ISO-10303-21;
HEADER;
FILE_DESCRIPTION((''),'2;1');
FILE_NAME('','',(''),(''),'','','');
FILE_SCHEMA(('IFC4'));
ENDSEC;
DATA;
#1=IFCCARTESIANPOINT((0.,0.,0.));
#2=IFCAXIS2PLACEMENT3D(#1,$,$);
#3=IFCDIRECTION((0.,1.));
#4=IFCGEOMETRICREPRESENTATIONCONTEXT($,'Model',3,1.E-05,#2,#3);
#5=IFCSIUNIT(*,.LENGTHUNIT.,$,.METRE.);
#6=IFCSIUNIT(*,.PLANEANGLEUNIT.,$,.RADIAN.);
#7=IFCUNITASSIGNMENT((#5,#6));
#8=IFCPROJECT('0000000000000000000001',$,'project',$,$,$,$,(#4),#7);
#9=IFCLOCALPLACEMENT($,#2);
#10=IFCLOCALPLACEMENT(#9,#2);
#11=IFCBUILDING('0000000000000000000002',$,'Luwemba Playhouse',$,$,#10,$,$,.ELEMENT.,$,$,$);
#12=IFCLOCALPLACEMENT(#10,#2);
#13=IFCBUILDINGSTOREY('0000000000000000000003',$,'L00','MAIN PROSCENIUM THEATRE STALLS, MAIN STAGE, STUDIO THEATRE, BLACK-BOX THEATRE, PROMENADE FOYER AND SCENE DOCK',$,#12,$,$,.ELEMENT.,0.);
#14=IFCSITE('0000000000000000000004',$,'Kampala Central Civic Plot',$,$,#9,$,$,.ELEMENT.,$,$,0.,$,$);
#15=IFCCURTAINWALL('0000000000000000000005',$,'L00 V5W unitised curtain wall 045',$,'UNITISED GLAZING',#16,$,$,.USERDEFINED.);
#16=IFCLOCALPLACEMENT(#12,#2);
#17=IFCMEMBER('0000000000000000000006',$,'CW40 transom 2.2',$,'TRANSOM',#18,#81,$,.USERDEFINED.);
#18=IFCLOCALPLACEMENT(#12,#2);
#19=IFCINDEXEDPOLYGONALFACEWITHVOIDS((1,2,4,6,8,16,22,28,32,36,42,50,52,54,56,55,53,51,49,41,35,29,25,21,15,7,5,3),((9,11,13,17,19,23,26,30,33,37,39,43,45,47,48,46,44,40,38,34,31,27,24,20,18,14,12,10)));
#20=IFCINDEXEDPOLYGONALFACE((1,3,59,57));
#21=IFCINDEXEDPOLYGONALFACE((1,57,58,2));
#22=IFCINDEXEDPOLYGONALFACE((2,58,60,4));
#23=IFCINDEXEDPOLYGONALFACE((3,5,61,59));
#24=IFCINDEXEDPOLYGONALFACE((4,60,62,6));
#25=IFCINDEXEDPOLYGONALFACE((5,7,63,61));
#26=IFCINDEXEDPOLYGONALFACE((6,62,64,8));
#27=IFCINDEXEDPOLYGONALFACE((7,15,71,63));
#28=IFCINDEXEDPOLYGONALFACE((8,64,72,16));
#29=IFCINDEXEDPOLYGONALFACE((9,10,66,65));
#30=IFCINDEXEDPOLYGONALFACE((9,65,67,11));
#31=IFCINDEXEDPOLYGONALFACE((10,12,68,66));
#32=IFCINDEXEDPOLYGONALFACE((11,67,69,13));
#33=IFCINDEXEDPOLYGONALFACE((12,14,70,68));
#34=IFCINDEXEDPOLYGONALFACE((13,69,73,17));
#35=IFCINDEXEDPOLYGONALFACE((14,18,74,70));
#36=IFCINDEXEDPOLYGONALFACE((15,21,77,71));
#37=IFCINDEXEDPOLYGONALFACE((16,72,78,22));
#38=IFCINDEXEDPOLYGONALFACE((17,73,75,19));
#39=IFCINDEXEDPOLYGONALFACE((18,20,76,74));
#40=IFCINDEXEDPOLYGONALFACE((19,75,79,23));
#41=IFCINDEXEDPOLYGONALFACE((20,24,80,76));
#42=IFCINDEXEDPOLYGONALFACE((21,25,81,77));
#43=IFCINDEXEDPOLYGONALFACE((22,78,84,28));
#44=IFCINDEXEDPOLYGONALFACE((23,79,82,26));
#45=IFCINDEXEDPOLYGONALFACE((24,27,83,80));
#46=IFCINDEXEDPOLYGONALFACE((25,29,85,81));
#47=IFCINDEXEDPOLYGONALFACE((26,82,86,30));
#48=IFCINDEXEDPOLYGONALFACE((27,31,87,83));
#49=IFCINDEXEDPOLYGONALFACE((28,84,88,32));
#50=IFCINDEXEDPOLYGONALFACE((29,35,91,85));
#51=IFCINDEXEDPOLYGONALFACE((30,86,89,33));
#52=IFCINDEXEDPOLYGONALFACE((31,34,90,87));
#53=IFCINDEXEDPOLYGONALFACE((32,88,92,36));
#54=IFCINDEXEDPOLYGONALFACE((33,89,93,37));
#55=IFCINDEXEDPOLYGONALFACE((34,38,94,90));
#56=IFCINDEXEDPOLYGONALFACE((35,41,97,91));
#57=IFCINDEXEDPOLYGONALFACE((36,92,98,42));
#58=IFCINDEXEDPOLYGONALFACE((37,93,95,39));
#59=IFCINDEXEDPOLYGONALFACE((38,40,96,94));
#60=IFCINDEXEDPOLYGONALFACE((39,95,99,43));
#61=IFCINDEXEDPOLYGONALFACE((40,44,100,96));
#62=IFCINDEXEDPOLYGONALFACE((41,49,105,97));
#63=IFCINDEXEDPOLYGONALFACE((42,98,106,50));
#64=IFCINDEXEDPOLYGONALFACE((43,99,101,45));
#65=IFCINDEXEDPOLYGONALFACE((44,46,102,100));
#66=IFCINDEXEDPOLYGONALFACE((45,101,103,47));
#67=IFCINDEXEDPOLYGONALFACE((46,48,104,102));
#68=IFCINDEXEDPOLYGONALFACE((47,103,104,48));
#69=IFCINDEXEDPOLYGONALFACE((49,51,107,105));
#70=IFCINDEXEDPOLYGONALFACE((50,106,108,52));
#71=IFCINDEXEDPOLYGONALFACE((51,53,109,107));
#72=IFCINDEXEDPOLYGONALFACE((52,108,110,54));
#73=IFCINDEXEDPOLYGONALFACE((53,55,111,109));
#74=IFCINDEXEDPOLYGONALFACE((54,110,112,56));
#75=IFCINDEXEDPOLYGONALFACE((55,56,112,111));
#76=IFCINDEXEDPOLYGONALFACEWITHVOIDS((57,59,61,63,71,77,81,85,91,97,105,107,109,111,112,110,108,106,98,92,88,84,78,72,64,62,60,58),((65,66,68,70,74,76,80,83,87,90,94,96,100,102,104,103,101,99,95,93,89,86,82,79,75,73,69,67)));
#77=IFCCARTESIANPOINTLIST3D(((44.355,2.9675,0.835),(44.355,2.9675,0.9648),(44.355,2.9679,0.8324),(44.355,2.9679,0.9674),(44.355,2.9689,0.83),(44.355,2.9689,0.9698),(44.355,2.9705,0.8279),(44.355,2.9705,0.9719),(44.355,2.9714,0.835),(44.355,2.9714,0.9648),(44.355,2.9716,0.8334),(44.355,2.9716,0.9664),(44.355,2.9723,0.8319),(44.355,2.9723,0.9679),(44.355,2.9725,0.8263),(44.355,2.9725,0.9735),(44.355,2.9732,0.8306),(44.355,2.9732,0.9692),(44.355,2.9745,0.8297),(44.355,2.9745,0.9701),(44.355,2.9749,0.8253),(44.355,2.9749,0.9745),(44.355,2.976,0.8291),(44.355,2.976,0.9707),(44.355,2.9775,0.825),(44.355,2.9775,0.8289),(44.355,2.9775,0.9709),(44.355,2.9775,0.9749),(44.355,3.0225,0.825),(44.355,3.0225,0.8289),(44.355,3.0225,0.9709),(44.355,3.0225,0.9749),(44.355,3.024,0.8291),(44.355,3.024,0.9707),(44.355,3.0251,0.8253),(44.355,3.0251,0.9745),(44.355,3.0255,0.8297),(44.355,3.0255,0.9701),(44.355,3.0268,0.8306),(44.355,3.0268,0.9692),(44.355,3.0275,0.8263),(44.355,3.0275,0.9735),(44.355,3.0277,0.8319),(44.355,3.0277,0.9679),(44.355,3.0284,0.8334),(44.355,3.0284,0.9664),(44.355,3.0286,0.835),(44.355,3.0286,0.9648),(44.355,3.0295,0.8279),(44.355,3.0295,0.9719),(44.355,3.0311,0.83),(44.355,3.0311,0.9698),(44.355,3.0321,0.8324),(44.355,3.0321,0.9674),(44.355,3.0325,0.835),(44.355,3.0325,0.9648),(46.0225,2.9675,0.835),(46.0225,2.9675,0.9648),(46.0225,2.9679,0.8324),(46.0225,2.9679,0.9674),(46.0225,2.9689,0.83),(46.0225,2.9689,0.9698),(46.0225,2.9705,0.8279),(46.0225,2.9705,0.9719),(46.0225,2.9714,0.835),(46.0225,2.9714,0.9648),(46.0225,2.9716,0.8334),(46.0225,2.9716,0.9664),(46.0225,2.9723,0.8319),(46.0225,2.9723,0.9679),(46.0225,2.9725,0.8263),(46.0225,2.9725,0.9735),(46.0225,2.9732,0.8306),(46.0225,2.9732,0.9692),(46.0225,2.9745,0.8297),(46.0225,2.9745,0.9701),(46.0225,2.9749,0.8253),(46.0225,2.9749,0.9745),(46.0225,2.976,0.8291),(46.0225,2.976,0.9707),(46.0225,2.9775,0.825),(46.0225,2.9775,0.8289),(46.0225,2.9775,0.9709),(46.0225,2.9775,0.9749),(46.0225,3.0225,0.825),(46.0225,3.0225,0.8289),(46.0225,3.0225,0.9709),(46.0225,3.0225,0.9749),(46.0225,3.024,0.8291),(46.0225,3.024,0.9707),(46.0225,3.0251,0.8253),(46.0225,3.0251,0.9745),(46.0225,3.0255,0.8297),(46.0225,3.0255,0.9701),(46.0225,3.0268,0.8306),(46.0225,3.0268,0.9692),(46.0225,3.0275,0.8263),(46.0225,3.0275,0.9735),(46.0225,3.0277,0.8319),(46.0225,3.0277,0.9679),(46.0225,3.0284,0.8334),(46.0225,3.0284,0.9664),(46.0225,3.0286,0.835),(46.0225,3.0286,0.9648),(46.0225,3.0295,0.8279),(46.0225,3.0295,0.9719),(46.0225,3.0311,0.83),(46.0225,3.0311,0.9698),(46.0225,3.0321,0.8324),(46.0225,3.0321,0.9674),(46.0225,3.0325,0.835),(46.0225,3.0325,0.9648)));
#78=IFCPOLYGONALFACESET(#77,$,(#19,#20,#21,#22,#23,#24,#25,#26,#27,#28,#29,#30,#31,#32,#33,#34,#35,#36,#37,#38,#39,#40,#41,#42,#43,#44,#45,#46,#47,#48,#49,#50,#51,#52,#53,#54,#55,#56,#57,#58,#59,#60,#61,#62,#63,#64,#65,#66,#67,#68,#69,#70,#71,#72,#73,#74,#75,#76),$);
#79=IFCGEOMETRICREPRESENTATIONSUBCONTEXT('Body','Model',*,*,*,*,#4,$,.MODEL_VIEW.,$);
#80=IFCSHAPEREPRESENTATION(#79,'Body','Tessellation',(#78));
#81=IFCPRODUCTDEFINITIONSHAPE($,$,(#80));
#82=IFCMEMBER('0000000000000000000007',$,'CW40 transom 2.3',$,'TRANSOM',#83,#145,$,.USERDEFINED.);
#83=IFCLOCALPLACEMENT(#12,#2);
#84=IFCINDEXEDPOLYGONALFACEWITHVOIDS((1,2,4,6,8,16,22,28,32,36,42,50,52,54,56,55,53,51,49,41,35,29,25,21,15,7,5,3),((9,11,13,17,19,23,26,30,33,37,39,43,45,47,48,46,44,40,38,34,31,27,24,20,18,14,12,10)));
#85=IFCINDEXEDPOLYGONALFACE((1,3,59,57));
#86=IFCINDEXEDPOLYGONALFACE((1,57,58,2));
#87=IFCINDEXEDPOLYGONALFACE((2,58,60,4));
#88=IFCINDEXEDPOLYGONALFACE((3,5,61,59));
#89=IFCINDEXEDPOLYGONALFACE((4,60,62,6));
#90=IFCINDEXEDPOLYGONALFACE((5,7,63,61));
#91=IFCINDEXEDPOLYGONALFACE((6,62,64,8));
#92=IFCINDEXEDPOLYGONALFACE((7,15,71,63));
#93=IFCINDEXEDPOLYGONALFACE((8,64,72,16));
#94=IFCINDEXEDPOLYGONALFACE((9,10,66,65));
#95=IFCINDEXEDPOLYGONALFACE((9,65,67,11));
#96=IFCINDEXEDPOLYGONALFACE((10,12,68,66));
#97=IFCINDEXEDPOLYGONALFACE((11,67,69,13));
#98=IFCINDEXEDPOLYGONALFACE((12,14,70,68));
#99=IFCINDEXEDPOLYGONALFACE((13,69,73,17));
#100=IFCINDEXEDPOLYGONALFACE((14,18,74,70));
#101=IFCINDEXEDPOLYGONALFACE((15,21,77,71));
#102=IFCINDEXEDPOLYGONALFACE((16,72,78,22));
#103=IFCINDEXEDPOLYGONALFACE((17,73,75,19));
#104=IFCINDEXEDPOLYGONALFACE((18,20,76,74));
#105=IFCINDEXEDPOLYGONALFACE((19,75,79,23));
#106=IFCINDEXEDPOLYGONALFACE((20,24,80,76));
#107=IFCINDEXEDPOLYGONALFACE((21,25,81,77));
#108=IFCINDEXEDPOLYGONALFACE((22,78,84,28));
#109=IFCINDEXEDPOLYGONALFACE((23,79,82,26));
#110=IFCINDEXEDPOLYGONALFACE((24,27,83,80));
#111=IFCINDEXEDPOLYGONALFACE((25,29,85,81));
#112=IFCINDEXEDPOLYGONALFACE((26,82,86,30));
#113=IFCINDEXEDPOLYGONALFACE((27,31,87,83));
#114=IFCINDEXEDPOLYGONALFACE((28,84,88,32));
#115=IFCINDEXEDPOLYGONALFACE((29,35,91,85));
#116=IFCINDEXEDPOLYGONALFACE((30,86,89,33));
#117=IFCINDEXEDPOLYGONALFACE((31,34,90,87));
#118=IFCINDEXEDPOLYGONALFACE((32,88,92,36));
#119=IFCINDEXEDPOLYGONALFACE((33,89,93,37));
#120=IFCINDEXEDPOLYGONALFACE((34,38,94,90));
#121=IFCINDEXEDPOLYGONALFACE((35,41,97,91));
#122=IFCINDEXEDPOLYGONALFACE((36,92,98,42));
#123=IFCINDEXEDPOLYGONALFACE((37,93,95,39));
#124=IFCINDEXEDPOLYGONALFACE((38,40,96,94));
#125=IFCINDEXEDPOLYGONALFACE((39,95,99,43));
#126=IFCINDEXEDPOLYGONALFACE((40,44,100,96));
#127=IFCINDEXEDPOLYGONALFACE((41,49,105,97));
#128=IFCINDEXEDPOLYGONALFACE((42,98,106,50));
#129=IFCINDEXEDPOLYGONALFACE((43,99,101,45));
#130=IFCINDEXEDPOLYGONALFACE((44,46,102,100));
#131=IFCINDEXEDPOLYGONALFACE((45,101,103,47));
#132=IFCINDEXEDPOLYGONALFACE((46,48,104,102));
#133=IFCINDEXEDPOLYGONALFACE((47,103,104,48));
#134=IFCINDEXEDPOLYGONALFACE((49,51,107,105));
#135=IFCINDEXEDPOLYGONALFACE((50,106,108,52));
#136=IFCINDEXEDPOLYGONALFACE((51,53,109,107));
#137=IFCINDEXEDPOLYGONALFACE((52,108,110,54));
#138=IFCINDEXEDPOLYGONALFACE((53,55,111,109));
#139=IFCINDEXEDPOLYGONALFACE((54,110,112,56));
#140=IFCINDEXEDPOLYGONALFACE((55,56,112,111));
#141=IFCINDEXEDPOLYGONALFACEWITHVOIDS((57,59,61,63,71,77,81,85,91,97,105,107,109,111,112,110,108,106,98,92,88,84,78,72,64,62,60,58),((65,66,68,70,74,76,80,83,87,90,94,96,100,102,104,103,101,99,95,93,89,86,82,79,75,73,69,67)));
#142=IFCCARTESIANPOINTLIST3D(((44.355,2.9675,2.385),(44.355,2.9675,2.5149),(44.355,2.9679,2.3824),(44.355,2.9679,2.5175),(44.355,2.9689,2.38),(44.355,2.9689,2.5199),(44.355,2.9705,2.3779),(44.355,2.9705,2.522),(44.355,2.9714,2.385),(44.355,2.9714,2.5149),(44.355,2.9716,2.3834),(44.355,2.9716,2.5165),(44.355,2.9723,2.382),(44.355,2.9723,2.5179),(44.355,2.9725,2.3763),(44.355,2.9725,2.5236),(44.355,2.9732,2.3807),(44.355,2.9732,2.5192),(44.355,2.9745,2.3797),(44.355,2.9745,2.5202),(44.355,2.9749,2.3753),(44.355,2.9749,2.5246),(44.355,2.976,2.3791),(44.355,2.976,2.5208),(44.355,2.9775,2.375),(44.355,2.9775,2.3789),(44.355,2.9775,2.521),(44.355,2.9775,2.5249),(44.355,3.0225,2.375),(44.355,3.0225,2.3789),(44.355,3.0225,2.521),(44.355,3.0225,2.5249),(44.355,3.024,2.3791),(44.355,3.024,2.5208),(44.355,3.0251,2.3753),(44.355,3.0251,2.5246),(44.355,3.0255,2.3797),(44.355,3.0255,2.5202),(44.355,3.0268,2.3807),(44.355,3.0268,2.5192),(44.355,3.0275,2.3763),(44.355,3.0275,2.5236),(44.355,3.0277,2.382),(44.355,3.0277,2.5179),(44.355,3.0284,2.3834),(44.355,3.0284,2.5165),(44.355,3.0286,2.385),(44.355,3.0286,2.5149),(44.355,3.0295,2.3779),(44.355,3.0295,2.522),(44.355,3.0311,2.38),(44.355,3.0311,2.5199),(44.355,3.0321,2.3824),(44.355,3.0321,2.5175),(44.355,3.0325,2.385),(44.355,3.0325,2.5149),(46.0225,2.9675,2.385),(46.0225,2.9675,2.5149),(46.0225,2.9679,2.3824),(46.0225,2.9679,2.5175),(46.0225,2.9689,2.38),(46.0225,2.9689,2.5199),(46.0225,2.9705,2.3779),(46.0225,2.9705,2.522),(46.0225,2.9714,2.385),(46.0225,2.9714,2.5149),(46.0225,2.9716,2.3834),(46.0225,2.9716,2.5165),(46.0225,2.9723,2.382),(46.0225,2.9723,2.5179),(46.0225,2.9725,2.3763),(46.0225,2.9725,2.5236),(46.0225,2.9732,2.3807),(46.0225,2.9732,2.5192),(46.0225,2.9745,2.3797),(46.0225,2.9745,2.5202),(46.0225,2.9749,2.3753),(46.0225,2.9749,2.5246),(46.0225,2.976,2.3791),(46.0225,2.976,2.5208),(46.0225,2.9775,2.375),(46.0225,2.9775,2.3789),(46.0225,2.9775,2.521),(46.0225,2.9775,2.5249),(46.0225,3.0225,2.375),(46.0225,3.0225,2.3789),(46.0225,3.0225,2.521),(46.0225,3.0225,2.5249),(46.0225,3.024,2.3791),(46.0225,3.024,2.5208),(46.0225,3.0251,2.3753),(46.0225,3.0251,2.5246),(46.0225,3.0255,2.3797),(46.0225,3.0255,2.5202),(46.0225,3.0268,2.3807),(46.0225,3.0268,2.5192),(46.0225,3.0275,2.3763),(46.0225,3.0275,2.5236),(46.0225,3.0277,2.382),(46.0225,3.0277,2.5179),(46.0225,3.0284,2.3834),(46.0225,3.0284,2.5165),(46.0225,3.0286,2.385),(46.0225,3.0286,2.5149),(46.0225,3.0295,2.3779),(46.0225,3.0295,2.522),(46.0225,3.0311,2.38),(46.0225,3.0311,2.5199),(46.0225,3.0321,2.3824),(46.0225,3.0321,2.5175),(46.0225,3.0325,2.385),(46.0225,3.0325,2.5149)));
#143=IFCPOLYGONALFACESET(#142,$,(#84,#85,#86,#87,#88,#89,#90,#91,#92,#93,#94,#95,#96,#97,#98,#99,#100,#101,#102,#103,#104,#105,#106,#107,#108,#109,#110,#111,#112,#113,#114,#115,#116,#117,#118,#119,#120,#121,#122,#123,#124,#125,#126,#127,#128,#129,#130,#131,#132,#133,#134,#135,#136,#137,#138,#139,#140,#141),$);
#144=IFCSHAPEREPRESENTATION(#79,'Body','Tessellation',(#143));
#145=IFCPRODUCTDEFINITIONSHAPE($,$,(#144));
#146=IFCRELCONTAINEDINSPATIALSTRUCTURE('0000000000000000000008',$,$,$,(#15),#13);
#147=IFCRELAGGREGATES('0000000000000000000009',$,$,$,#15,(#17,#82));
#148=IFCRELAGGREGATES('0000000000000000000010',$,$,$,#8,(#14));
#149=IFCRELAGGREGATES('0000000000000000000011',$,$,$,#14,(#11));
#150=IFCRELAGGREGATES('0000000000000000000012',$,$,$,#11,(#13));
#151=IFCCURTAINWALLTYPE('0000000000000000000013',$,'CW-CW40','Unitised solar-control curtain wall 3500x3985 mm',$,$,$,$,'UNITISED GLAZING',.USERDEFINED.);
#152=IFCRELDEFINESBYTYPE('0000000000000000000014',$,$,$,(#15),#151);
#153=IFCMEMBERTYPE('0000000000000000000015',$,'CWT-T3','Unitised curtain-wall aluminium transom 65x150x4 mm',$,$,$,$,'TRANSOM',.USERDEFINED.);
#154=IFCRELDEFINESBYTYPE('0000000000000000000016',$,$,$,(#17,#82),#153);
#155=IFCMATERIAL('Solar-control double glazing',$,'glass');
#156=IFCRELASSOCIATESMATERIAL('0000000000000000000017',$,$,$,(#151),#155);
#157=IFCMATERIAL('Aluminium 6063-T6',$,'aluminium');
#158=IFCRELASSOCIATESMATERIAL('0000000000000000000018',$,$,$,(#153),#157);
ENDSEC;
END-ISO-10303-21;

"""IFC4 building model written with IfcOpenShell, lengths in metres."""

from ifc_helpers import new_model, si_unit, direction, frame, origin, origin_2d, place, context, subcontext, project, spatial, hollow_rectangle, extrude, material, material_profile, profile_set, type_object, element, aggregate, save


model = new_model("IFC4")

# Units and contexts
model_context = context("Model", 3, precision=1e-05, world=origin(), true_north=direction((0.0, 1.0)))
body_context = subcontext(model_context, "Body", "Model", "MODEL_VIEW")
ifc_project = project(units=[si_unit("LENGTHUNIT", "METRE"), si_unit("PLANEANGLEUNIT", "RADIAN")], contexts=[model_context])

# Site, building, storey
site_placement = place(None, origin())
site = spatial("IfcSite", under=ifc_project, at=site_placement, Name="Kampala Central Civic Plot", CompositionType="ELEMENT", RefElevation=0.0)
building_placement = place(site_placement, origin())
building = spatial("IfcBuilding", under=site, at=building_placement, Name="Luwemba Playhouse", CompositionType="ELEMENT")
storey_placement = place(building_placement, origin())
storey = spatial("IfcBuildingStorey", under=building, at=storey_placement, Name="L00", Description="MAIN PROSCENIUM THEATRE STALLS, MAIN STAGE, STUDIO THEATRE, BLACK-BOX THEATRE, PROMENADE FOYER AND SCENE DOCK", CompositionType="ELEMENT", Elevation=0.0)

# Shared definitions
ifc_material_1 = material(Name="Solar-control double glazing", Category="glass")
ifc_material_2 = material(Name="Aluminium 6063-T6", Category="aluminium")

# Curtain wall
curtain_wall_type_1 = type_object("IfcCurtainWallType", Name="CW-CW40", Description="Unitised solar-control curtain wall 3500x3985 mm", ElementType="UNITISED GLAZING", PredefinedType="USERDEFINED", material=ifc_material_1)
curtain_wall_1_placement = place(storey_placement, origin())
curtain_wall_1 = element("IfcCurtainWall", 1, at=curtain_wall_1_placement, inside=storey, type_object=curtain_wall_type_1, Name="L00 V5W unitised curtain wall 045", ObjectType="UNITISED GLAZING", PredefinedType="USERDEFINED")

# Members
ifc_material_profile_1 = material_profile(ifc_material_2, hollow_rectangle(XDim=0.0649, YDim=0.1499, WallThickness=0.0039, InnerFilletRadius=0.0061, OuterFilletRadius=0.01, at=origin_2d()))
ifc_profile_set_1 = profile_set([ifc_material_profile_1], Name="Aluminium 6063-T6")
member_type_1 = type_object("IfcMemberType", Name="CWT-T3", Description="Unitised curtain-wall aluminium transom 65x150x4 mm", ElementType="TRANSOM", PredefinedType="USERDEFINED", material=ifc_profile_set_1)
member_1_placement = place(storey_placement, frame((46.0225, 3.0, 0.8999), z_axis=(-1.0, 0.0, 0.0), x_axis=(0.0, -1.0, 0.0)))
member_1 = element("IfcMember", 2, at=member_1_placement, type_object=member_type_1, Name="CW40 transom 2.2", ObjectType="TRANSOM", PredefinedType="USERDEFINED", context=body_context, shape_type="SweptSolid", body=[
    extrude(hollow_rectangle(XDim=0.0649, YDim=0.1499, WallThickness=0.0039, InnerFilletRadius=0.0061, OuterFilletRadius=0.01, at=origin_2d()), origin(), (0.0, 0.0, 1.0), 1.6675),
])
member_2_placement = place(storey_placement, frame((46.0225, 3.0, 2.45), z_axis=(-1.0, 0.0, 0.0), x_axis=(0.0, -1.0, 0.0)))
member_2 = element("IfcMember", 3, at=member_2_placement, type_object=member_type_1, Name="CW40 transom 2.3", ObjectType="TRANSOM", PredefinedType="USERDEFINED", context=body_context, shape_type="SweptSolid", body=[
    extrude(hollow_rectangle(XDim=0.0649, YDim=0.1499, WallThickness=0.0039, InnerFilletRadius=0.0061, OuterFilletRadius=0.01, at=origin_2d()), origin(), (0.0, 0.0, 1.0), 1.6675),
])

aggregate(curtain_wall_1, [member_1, member_2])

save(model, "model.ifc")
